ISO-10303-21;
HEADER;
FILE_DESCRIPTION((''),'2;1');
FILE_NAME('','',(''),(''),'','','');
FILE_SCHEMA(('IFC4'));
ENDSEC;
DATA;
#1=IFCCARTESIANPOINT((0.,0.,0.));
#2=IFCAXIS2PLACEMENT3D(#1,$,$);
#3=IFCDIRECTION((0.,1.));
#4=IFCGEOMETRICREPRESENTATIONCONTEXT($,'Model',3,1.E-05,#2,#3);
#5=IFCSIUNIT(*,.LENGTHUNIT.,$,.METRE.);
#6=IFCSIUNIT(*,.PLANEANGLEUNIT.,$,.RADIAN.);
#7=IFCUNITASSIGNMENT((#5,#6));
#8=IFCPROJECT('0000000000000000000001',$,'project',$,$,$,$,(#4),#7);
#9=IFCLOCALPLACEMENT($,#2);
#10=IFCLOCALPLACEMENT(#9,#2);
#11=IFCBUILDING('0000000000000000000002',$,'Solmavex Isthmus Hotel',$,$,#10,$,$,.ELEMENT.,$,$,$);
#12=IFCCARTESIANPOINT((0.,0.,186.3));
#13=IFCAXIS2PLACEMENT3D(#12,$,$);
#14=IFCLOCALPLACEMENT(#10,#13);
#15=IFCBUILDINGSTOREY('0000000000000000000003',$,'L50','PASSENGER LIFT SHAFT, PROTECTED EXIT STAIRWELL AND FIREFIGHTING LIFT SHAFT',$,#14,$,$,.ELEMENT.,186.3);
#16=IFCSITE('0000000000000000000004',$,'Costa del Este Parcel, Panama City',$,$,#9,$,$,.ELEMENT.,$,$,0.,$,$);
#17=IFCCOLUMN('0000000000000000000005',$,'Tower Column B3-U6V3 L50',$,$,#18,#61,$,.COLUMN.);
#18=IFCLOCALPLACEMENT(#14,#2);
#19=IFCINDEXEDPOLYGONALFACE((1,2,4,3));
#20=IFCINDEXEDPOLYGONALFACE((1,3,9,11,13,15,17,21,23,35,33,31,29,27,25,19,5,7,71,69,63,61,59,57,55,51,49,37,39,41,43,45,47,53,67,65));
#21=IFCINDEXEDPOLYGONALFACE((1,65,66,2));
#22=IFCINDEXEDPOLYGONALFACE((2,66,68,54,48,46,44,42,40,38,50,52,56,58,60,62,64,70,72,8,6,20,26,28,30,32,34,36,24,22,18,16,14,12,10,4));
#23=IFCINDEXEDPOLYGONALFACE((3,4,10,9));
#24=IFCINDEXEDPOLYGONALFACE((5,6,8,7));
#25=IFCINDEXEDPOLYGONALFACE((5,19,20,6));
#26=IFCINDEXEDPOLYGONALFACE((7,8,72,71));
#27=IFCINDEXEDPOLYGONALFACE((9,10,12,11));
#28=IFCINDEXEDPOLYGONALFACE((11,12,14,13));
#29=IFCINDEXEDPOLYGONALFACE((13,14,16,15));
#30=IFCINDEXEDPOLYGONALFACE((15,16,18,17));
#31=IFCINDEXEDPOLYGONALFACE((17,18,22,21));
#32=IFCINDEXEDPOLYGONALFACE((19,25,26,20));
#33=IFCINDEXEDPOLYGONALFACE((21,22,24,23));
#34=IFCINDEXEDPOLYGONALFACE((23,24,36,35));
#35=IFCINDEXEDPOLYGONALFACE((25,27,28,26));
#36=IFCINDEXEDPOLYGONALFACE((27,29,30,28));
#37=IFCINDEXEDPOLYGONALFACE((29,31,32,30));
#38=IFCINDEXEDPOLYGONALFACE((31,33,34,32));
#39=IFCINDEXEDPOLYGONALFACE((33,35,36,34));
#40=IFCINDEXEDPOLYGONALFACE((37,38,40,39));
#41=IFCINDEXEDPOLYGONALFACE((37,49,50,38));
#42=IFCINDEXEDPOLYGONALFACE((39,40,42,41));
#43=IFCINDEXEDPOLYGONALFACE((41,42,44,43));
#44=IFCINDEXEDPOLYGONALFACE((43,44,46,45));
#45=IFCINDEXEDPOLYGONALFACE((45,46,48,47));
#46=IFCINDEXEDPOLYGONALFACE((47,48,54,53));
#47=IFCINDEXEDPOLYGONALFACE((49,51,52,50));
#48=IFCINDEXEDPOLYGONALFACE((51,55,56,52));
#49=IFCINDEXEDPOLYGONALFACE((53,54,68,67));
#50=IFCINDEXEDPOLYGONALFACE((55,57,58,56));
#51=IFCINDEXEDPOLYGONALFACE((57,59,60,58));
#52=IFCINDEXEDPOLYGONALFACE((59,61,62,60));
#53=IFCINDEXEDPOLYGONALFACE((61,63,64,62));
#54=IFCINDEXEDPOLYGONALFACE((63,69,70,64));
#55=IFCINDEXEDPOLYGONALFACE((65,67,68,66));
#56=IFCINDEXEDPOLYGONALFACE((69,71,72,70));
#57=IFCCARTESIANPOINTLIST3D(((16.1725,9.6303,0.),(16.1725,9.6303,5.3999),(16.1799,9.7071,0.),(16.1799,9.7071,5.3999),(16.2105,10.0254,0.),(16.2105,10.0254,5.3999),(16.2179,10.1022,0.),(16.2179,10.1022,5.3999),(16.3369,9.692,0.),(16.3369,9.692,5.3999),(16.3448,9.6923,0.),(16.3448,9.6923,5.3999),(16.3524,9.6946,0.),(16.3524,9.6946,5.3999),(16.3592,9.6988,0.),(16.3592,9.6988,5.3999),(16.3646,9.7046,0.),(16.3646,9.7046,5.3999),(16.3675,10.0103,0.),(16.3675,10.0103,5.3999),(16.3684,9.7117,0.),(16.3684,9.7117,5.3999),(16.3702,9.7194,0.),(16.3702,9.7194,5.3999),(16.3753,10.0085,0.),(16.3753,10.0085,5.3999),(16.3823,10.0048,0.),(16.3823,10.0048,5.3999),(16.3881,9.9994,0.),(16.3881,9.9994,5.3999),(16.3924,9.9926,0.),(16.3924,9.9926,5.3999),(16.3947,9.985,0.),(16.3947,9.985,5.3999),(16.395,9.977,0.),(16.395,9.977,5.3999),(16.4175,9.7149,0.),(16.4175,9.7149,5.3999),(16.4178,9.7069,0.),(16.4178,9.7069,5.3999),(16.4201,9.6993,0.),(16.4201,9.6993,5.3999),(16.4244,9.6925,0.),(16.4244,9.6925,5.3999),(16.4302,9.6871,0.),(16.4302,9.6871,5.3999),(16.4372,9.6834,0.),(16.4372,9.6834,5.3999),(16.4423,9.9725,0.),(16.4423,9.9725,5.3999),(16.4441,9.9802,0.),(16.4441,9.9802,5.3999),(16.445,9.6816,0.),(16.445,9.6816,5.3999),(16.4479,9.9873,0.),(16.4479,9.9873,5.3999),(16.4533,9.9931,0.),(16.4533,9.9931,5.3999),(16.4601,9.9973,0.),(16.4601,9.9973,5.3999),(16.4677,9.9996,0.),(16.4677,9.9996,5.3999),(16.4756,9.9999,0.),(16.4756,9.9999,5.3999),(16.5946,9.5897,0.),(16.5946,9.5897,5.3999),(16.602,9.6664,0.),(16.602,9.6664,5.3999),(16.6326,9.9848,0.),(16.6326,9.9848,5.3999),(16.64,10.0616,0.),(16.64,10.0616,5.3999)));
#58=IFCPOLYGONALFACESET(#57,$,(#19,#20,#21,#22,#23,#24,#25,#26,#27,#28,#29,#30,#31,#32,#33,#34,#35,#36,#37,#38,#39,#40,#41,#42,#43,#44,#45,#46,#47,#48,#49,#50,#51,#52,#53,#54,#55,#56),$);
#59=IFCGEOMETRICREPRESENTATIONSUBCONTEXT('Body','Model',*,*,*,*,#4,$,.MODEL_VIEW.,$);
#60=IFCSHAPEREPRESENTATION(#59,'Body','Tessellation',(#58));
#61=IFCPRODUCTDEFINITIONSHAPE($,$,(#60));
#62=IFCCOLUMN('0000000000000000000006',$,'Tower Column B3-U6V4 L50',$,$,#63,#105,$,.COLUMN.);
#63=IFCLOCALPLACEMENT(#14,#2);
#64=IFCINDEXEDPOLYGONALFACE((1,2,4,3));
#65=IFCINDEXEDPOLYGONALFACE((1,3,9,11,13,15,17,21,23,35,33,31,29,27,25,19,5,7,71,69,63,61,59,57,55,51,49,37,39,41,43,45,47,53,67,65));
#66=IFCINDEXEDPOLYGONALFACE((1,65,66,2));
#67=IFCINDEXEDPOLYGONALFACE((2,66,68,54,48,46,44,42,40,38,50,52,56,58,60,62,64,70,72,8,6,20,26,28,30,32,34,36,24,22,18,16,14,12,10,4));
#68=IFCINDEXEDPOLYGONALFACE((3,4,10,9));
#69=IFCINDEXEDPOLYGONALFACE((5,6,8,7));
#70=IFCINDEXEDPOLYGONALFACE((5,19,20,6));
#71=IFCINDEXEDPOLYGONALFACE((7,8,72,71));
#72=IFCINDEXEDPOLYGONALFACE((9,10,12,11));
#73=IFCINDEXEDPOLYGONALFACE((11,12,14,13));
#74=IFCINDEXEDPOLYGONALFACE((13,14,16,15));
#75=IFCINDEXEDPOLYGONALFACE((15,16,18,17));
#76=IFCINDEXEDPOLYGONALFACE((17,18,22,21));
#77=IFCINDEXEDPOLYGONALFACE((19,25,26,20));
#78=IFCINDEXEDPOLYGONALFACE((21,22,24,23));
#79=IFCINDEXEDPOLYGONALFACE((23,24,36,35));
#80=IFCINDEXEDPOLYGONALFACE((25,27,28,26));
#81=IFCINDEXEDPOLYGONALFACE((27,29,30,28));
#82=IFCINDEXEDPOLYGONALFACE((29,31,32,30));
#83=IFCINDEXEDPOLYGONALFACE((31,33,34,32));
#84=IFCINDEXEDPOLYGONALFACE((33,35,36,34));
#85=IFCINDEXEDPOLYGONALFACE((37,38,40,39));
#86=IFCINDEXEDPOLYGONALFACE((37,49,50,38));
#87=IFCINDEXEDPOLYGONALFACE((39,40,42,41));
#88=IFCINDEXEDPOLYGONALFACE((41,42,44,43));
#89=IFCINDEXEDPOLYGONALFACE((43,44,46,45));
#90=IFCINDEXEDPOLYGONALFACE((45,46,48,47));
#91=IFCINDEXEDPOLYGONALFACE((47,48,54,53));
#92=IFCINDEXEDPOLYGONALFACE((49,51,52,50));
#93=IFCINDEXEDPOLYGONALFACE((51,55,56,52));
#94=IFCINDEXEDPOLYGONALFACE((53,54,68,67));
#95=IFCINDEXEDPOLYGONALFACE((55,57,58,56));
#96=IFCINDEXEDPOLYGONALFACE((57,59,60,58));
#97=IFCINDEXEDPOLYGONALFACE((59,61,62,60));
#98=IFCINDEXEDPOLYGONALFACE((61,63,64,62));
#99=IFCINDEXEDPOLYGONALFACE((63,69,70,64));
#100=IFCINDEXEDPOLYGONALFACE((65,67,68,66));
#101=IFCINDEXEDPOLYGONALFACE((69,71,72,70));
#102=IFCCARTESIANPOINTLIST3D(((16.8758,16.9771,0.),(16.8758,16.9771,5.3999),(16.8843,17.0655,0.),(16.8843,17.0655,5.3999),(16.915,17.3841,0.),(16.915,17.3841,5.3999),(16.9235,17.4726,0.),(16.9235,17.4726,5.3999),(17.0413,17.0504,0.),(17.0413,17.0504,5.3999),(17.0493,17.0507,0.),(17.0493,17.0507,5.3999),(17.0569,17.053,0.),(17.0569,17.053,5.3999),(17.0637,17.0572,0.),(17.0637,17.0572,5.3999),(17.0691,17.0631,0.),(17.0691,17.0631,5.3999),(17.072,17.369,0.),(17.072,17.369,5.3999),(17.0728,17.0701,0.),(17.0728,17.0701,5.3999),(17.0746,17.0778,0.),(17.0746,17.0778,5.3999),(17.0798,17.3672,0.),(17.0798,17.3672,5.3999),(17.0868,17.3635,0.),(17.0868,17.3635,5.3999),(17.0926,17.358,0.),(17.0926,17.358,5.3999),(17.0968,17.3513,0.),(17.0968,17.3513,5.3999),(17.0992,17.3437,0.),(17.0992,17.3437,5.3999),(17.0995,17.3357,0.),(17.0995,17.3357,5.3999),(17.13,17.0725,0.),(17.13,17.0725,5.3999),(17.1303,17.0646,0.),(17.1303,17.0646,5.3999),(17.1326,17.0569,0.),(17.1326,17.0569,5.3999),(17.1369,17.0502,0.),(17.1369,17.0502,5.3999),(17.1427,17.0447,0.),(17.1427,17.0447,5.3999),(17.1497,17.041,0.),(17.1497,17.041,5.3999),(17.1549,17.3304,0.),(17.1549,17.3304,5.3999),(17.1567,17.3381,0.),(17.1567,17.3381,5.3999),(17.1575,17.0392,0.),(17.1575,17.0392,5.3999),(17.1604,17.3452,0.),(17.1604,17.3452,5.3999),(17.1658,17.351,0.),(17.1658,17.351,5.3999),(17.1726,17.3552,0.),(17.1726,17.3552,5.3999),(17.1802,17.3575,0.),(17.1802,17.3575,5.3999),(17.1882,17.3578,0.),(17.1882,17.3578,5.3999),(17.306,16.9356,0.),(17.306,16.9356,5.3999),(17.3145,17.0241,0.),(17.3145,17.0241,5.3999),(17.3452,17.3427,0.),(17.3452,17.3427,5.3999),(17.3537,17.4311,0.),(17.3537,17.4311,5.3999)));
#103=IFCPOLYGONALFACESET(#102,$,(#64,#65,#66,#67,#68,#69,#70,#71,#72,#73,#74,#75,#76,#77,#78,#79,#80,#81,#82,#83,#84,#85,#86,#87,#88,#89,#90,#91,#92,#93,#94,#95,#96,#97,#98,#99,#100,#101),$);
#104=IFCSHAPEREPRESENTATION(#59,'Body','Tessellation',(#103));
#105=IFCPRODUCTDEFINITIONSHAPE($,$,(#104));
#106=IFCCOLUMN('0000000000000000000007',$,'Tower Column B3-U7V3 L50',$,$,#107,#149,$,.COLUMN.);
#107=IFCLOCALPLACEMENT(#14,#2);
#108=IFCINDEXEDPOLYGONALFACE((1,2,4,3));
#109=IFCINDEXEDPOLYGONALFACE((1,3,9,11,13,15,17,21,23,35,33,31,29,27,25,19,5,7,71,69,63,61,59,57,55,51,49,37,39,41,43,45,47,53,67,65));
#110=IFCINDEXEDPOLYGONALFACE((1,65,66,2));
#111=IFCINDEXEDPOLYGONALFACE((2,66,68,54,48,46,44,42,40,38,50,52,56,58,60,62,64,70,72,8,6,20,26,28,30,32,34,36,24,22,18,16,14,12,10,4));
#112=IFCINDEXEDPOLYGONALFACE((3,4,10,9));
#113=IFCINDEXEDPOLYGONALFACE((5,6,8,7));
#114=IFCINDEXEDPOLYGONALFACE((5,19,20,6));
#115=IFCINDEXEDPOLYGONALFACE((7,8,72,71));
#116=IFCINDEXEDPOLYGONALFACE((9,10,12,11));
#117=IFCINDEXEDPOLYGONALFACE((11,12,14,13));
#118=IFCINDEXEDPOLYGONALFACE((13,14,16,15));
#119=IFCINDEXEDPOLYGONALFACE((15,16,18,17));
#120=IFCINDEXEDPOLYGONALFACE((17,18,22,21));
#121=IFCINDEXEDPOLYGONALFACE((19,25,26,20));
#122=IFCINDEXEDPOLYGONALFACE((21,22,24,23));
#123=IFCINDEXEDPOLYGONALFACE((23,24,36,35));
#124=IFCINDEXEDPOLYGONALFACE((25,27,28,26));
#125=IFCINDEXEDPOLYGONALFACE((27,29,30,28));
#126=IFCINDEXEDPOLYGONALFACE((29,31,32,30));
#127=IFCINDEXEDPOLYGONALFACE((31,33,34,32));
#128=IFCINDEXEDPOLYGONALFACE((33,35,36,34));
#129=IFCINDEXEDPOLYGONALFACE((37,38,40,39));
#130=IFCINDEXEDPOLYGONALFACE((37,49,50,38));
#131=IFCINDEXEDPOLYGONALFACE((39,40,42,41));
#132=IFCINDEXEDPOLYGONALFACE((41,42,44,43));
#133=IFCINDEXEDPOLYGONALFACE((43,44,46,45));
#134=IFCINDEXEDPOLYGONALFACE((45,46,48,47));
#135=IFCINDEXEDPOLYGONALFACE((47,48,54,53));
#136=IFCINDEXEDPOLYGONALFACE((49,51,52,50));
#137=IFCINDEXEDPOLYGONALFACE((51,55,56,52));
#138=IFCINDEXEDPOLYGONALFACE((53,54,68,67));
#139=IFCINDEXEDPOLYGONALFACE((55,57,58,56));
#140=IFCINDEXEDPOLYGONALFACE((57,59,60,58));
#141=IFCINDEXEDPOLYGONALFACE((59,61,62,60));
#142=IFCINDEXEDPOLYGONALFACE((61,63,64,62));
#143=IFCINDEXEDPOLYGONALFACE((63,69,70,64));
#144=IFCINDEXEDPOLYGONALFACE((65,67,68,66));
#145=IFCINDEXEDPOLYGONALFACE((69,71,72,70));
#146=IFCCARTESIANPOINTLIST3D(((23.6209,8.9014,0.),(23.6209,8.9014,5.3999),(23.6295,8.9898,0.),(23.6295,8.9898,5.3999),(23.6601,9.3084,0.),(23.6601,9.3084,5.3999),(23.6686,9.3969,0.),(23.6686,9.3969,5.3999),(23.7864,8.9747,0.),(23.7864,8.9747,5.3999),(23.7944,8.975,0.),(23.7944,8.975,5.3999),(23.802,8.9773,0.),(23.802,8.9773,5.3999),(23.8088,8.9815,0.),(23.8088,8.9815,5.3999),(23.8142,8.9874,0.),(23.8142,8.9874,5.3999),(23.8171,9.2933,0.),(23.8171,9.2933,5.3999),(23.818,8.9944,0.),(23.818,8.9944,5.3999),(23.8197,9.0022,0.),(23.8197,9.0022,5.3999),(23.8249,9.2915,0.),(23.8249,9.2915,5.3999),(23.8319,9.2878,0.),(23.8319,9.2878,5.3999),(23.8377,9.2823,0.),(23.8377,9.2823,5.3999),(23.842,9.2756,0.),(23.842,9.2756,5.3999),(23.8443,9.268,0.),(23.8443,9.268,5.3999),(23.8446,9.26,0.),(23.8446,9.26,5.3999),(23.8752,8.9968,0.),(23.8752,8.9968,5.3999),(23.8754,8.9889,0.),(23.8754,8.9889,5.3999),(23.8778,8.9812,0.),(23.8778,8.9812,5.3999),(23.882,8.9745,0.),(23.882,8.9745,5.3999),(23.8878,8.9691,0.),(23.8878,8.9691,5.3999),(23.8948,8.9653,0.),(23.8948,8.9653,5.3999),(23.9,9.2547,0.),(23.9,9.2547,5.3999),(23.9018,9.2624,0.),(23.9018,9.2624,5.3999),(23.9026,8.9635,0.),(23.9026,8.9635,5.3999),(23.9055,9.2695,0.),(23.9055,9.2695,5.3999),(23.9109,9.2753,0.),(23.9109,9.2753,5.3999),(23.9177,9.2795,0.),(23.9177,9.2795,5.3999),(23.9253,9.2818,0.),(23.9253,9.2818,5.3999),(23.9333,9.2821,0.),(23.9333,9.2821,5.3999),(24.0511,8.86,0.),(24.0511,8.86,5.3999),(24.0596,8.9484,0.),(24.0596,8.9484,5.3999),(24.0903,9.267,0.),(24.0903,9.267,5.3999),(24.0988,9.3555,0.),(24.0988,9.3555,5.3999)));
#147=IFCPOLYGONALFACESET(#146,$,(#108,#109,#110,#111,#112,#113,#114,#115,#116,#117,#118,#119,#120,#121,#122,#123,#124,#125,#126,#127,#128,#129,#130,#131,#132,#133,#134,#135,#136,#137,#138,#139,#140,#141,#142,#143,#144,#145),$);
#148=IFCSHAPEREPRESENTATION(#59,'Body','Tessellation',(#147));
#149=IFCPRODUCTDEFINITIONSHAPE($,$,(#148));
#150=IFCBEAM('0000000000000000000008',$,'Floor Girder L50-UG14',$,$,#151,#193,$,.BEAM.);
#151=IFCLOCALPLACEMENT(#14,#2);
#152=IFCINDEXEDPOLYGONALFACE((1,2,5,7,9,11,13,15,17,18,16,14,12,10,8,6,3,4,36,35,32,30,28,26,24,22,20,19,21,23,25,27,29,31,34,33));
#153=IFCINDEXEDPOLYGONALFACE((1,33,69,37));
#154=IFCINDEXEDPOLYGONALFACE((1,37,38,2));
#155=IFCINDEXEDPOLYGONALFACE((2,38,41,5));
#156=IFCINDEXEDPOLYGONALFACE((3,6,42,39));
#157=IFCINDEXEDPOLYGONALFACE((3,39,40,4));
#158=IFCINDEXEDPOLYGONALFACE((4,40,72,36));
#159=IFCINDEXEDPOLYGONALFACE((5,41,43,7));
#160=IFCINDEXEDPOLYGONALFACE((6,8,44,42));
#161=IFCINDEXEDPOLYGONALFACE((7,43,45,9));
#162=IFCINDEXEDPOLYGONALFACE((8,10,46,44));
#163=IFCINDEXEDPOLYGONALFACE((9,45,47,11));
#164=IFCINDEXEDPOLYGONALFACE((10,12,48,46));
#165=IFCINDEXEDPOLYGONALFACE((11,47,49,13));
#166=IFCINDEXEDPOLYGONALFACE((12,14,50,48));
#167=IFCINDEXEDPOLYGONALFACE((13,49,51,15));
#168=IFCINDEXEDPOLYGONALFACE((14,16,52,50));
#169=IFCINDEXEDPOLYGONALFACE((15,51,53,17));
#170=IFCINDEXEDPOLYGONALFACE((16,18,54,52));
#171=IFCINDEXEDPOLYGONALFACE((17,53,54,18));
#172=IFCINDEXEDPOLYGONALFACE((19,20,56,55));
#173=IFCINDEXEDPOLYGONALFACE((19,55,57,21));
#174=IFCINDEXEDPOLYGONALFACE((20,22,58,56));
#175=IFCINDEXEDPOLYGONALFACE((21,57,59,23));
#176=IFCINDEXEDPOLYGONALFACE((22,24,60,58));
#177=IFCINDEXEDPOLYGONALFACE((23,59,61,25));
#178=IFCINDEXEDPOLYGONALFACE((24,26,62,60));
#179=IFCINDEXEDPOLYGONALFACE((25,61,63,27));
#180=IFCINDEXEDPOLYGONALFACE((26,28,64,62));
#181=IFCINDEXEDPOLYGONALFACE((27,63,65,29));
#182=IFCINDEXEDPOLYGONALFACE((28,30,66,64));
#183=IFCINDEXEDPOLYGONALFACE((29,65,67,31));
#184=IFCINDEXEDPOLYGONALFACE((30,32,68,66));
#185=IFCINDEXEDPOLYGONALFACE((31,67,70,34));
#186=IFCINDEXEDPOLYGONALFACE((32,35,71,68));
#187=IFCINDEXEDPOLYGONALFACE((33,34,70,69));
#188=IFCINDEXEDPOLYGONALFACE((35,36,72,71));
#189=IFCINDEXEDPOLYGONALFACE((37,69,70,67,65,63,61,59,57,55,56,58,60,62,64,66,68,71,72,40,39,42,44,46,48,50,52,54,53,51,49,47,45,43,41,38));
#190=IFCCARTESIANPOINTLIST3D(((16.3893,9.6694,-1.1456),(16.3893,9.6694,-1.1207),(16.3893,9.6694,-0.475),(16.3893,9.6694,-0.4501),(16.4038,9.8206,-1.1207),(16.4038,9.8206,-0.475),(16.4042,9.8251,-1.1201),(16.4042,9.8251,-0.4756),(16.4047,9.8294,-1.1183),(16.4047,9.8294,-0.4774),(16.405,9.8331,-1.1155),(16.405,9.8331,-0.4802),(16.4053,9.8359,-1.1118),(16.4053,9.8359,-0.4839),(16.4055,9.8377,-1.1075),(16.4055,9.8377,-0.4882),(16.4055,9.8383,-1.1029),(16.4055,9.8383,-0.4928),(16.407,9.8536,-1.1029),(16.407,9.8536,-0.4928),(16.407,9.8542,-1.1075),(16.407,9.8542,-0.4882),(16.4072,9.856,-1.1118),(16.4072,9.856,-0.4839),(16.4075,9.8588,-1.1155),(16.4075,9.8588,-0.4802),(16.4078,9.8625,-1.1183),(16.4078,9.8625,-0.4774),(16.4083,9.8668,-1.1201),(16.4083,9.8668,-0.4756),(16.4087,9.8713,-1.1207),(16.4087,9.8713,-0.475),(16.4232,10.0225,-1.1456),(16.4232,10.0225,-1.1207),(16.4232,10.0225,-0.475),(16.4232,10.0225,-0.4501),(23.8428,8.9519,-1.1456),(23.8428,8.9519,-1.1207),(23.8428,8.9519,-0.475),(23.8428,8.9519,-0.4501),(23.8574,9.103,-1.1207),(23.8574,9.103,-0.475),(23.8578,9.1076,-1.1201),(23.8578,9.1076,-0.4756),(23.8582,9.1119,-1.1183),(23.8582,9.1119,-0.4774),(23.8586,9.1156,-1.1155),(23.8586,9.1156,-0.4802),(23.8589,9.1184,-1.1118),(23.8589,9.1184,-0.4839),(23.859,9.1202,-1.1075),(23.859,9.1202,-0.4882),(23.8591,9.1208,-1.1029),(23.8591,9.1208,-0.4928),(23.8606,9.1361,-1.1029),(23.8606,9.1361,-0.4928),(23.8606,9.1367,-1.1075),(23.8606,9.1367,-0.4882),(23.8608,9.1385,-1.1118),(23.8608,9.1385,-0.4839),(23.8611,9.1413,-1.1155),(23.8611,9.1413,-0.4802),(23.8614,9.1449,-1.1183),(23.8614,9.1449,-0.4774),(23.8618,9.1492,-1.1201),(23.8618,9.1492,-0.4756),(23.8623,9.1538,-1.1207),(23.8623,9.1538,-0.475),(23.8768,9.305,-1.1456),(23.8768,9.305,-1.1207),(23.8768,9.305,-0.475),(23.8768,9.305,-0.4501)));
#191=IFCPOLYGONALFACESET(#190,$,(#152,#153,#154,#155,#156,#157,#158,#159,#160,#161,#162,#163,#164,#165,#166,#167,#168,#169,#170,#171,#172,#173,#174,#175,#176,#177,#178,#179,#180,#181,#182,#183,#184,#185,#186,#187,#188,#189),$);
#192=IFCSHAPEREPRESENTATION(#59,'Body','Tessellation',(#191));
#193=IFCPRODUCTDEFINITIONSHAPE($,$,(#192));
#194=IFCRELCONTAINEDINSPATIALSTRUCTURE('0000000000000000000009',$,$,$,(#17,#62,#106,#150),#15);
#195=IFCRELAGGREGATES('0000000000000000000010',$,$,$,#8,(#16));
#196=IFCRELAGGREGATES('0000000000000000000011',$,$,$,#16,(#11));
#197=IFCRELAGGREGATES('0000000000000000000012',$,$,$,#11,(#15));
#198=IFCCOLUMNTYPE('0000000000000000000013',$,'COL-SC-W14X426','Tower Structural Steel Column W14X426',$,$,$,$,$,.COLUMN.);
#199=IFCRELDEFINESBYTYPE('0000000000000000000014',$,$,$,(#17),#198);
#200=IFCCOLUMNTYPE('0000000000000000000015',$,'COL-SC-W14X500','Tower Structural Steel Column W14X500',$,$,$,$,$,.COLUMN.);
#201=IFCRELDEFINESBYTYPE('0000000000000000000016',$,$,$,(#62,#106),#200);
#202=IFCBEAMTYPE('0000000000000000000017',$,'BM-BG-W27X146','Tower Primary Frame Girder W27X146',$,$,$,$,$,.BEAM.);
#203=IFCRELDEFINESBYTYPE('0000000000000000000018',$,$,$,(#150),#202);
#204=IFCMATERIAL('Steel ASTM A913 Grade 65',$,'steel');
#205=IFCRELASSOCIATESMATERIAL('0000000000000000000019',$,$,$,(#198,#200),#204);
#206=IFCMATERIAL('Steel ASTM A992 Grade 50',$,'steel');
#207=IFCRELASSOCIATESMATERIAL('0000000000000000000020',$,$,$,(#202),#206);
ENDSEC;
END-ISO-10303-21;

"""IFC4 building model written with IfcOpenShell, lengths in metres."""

from ifc_helpers import new_model, si_unit, direction, frame, origin, origin_2d, place, context, subcontext, project, spatial, i_section, extrude, material, material_profile, profile_set, type_object, element, save


model = new_model("IFC4")

# Units and contexts
model_context = context("Model", 3, precision=1e-05, world=origin(), true_north=direction((0.0, 1.0)))
body_context = subcontext(model_context, "Body", "Model", "MODEL_VIEW")
ifc_project = project(units=[si_unit("LENGTHUNIT", "METRE"), si_unit("PLANEANGLEUNIT", "RADIAN")], contexts=[model_context])

# Site, building, storey
site_placement = place(None, origin())
site = spatial("IfcSite", under=ifc_project, at=site_placement, Name="Costa del Este Parcel, Panama City", CompositionType="ELEMENT", RefElevation=0.0)
building_placement = place(site_placement, origin())
building = spatial("IfcBuilding", under=site, at=building_placement, Name="Solmavex Isthmus Hotel", CompositionType="ELEMENT")
storey_placement = place(building_placement, frame((0.0, 0.0, 186.3)))
storey = spatial("IfcBuildingStorey", under=building, at=storey_placement, Name="L50", Description="PASSENGER LIFT SHAFT, PROTECTED EXIT STAIRWELL AND FIREFIGHTING LIFT SHAFT", CompositionType="ELEMENT", Elevation=186.3)

# Columns
ifc_material_1 = material(Name="Steel ASTM A913 Grade 65", Category="steel")
ifc_material_profile_1 = material_profile(ifc_material_1, i_section(OverallWidth=0.4241, OverallDepth=0.4741, WebThickness=0.0476, FlangeThickness=0.0771, FilletRadius=0.0305, at=origin_2d()), Name="W14X426")
ifc_profile_set_1 = profile_set([ifc_material_profile_1], Name="Steel ASTM A913 Grade 65")
column_type_1 = type_object("IfcColumnType", Name="COL-SC-W14X426", Description="Tower Structural Steel Column W14X426", PredefinedType="COLUMN", material=ifc_profile_set_1)
column_placement = place(storey_placement, frame((16.4062, 9.8459, 0.0), z_axis=(0.0, 0.0, 1.0), x_axis=(0.995396, -0.095846, 0.0)))
element("IfcColumn", 1, at=column_placement, inside=storey, type_object=column_type_1, Name="Tower Column B3-U6V3 L50", PredefinedType="COLUMN", context=body_context, shape_type="SweptSolid", body=[
    extrude(i_section(OverallWidth=0.4241, OverallDepth=0.4741, WebThickness=0.0476, FlangeThickness=0.0771, FilletRadius=0.0305, at=origin_2d()), origin(), (0.0, 0.0, 1.0), 5.3999),
])
ifc_material_profile_2 = material_profile(ifc_material_1, i_section(OverallWidth=0.4321, OverallDepth=0.4978, WebThickness=0.0557, FlangeThickness=0.0889, FilletRadius=0.0305, at=origin_2d()), Name="W14X500")
ifc_profile_set_2 = profile_set([ifc_material_profile_2], Name="Steel ASTM A913 Grade 65")
column_type_2 = type_object("IfcColumnType", Name="COL-SC-W14X500", Description="Tower Structural Steel Column W14X500", PredefinedType="COLUMN", material=ifc_profile_set_2)
for number, where, z_axis, x_axis, name in (
    (2, (17.1147, 17.2041, 0.0), (0.0, 0.0, 1.0), (0.995396, -0.095846, 0.0), "Tower Column B3-U6V4 L50"),
    (3, (23.8599, 9.1284, 0.0), (0.0, 0.0, 1.0), (0.995396, -0.095846, 0.0), "Tower Column B3-U7V3 L50"),
):
    element("IfcColumn", number, at=place(storey_placement, frame(where, z_axis=z_axis, x_axis=x_axis)), inside=storey, type_object=column_type_2, Name=name, PredefinedType="COLUMN", context=body_context, shape_type="SweptSolid", body=[
        extrude(i_section(OverallWidth=0.4321, OverallDepth=0.4978, WebThickness=0.0557, FlangeThickness=0.0889, FilletRadius=0.0305, at=origin_2d()), origin(), (0.0, 0.0, 1.0), 5.3999),
    ])

# Beam
ifc_material_2 = material(Name="Steel ASTM A992 Grade 50", Category="steel")
ifc_material_profile_3 = material_profile(ifc_material_2, i_section(OverallWidth=0.3547, OverallDepth=0.6956, WebThickness=0.0154, FlangeThickness=0.0249, FilletRadius=0.0178, at=origin_2d()), Name="W27X146")
ifc_profile_set_3 = profile_set([ifc_material_profile_3], Name="Steel ASTM A992 Grade 50")
beam_type_1 = type_object("IfcBeamType", Name="BM-BG-W27X146", Description="Tower Primary Frame Girder W27X146", PredefinedType="BEAM", material=ifc_profile_set_3)
beam_1_placement = place(storey_placement, frame((16.4062, 9.8459, -0.7979), z_axis=(0.995398, -0.095823, 0.0), x_axis=(0.095823, 0.995398, 0.0)))
element("IfcBeam", 4, at=beam_1_placement, inside=storey, type_object=beam_type_1, Name="Floor Girder L50-UG14", PredefinedType="BEAM", context=body_context, shape_type="SweptSolid", body=[
    extrude(i_section(OverallWidth=0.3547, OverallDepth=0.6956, WebThickness=0.0154, FlangeThickness=0.0249, FilletRadius=0.0178, at=origin_2d()), origin(), (0.0, 0.0, 1.0), 7.488),
])

save(model, "model.ifc")
